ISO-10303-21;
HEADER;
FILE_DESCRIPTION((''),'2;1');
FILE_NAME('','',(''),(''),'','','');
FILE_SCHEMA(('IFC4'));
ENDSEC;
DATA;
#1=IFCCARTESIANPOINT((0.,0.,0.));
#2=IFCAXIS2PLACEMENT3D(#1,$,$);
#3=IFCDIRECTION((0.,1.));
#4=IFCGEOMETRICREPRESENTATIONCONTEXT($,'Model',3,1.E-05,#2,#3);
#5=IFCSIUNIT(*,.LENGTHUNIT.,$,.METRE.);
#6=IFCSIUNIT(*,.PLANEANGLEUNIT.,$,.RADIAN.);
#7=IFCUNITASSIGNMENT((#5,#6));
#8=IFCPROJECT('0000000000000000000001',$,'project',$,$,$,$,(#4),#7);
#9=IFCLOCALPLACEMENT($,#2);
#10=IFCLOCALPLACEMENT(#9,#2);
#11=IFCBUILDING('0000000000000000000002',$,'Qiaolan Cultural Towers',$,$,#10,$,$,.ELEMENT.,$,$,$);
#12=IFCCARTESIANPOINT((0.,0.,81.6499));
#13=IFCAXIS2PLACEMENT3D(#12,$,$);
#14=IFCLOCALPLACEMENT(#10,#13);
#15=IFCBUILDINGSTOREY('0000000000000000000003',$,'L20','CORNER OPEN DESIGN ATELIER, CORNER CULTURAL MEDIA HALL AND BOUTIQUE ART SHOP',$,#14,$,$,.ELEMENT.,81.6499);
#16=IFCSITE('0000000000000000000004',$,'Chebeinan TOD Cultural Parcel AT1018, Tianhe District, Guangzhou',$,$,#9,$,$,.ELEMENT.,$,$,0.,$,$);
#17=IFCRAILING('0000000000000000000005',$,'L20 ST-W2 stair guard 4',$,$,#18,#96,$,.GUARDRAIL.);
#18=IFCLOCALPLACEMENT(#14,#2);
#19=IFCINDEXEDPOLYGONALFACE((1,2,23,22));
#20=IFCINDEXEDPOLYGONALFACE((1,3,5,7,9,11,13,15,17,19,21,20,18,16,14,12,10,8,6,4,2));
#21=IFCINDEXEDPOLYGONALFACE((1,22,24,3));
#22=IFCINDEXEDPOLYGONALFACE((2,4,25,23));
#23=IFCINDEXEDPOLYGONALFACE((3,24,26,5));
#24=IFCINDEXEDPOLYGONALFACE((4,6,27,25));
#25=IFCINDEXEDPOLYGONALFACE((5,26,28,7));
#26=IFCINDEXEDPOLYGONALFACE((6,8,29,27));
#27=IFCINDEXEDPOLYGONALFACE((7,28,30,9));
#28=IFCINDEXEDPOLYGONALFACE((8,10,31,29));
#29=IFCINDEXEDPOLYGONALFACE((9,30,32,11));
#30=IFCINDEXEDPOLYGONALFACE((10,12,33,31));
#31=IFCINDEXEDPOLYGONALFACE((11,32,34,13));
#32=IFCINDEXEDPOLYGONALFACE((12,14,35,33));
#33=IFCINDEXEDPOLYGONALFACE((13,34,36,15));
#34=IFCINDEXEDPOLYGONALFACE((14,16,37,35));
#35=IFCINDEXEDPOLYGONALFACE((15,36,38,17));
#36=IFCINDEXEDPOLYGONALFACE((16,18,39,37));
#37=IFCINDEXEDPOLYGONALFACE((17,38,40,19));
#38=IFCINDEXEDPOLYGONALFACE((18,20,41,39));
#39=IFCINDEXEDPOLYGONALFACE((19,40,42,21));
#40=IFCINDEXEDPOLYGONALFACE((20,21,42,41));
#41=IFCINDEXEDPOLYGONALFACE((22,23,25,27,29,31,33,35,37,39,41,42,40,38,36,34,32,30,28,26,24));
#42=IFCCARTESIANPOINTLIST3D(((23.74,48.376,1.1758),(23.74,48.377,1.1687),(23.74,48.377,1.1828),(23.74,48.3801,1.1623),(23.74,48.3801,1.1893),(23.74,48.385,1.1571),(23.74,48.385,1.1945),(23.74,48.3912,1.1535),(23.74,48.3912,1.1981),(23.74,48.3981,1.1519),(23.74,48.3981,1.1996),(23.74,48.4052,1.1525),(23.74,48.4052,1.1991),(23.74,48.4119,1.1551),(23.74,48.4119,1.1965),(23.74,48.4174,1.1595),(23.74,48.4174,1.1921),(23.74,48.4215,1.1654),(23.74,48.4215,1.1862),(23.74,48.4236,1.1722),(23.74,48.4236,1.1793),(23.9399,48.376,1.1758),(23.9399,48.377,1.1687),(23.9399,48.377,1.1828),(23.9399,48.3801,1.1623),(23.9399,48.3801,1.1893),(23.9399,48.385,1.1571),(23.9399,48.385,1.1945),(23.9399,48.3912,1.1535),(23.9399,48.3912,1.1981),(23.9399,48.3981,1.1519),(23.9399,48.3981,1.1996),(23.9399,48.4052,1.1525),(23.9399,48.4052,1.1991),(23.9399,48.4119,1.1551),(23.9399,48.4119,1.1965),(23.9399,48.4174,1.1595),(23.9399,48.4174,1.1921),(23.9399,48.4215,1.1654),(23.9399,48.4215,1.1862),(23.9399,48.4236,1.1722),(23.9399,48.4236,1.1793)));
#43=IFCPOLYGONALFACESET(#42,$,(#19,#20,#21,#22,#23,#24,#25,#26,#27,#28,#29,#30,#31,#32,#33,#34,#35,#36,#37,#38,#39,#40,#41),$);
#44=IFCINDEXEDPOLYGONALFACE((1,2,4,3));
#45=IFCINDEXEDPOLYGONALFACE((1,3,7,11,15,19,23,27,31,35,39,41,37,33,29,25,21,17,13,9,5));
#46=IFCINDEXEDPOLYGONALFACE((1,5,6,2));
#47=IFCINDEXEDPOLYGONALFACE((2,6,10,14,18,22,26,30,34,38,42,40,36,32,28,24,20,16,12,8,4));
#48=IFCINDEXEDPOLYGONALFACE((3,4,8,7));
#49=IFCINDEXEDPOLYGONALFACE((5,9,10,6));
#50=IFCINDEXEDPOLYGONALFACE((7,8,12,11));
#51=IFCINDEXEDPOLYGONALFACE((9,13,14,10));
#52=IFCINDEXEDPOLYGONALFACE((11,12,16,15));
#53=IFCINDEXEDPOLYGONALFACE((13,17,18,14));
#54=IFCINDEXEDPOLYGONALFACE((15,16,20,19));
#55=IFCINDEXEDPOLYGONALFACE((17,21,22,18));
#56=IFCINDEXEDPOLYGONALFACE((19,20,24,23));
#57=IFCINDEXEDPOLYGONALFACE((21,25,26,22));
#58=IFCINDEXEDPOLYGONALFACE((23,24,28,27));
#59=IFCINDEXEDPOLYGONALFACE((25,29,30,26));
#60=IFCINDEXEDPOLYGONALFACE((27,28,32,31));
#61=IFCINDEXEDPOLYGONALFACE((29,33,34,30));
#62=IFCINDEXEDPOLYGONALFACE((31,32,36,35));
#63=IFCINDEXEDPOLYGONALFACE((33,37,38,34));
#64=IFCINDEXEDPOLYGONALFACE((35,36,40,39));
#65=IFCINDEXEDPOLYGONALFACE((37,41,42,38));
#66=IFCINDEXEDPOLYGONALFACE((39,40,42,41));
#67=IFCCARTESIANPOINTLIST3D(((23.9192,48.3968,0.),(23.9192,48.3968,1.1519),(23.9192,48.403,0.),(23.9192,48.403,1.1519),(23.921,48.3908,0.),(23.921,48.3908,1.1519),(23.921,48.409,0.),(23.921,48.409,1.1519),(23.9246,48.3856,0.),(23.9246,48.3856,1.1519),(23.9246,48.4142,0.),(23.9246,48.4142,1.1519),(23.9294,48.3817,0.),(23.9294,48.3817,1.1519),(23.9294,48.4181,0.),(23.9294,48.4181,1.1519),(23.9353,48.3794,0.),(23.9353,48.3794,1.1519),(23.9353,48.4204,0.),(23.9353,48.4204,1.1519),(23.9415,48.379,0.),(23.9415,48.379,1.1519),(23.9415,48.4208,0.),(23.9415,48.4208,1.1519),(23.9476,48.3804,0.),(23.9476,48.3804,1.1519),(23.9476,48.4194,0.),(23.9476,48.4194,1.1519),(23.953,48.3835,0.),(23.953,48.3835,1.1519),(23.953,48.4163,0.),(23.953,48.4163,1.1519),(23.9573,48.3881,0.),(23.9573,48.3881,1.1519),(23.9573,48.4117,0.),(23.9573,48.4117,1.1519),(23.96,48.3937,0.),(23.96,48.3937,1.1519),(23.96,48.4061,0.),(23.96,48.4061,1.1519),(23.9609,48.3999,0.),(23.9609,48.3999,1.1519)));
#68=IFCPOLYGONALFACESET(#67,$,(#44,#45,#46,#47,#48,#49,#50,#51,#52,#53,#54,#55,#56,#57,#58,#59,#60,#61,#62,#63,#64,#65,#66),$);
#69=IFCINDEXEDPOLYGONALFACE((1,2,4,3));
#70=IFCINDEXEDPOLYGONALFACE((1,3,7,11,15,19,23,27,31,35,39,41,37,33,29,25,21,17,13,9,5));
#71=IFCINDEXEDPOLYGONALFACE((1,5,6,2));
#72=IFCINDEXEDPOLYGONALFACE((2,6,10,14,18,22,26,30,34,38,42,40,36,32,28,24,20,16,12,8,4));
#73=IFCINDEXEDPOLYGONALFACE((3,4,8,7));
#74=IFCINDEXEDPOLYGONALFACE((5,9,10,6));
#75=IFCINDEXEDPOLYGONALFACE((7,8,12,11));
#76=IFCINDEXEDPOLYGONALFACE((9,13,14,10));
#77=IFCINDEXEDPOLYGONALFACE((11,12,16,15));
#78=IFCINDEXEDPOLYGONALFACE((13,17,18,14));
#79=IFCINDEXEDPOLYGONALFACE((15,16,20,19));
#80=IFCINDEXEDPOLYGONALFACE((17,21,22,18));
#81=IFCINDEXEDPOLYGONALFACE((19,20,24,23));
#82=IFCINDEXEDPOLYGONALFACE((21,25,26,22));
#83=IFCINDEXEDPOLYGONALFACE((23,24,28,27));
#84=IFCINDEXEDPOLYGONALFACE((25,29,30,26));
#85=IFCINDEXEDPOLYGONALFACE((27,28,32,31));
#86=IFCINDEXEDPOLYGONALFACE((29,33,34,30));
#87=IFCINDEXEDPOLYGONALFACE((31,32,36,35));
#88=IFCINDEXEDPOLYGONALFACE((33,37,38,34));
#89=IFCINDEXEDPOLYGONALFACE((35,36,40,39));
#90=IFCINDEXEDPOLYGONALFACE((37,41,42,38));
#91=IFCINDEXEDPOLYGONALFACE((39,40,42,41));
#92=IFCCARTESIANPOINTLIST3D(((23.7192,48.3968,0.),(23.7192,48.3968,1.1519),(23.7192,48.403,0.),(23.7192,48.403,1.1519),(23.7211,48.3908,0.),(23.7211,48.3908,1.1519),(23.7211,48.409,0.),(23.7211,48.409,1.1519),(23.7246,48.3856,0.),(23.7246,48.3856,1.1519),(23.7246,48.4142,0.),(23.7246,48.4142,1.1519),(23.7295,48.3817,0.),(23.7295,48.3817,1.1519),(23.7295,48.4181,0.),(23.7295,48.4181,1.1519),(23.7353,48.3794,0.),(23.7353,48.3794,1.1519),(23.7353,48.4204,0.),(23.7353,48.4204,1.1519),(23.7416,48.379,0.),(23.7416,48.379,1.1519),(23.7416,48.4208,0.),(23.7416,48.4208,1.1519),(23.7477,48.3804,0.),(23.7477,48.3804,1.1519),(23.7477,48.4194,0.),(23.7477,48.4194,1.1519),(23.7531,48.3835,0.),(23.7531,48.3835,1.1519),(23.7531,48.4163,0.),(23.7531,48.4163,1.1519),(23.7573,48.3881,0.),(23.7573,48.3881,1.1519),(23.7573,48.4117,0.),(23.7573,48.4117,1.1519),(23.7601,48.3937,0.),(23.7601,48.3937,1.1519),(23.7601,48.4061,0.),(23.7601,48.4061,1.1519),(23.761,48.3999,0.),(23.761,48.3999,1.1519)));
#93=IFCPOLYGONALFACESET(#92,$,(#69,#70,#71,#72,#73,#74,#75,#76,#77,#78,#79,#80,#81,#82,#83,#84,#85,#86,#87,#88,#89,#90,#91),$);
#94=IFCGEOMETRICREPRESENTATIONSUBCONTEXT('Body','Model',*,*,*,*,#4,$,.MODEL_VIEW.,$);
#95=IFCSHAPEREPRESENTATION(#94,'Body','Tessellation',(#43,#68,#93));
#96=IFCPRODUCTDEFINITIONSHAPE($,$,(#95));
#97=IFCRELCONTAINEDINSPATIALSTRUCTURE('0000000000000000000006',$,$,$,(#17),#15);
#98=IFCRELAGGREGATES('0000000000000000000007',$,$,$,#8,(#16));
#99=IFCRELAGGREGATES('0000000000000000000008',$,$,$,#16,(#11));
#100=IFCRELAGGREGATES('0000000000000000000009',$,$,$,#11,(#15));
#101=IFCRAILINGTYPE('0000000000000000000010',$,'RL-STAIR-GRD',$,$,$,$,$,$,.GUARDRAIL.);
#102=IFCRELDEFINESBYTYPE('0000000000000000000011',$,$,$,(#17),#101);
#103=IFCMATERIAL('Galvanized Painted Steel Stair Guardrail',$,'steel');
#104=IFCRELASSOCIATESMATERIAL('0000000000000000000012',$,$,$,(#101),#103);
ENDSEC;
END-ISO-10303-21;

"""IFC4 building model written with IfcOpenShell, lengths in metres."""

from ifc_helpers import new_model, si_unit, direction, frame, origin, origin_2d, place, context, subcontext, project, spatial, circle, extrude, material, type_object, element, save


model = new_model("IFC4")

# Units and contexts
model_context = context("Model", 3, precision=1e-05, world=origin(), true_north=direction((0.0, 1.0)))
body_context = subcontext(model_context, "Body", "Model", "MODEL_VIEW")
ifc_project = project(units=[si_unit("LENGTHUNIT", "METRE"), si_unit("PLANEANGLEUNIT", "RADIAN")], contexts=[model_context])

# Site, building, storey
site_placement = place(None, origin())
site = spatial("IfcSite", under=ifc_project, at=site_placement, Name="Chebeinan TOD Cultural Parcel AT1018, Tianhe District, Guangzhou", CompositionType="ELEMENT", RefElevation=0.0)
building_placement = place(site_placement, origin())
building = spatial("IfcBuilding", under=site, at=building_placement, Name="Qiaolan Cultural Towers", CompositionType="ELEMENT")
storey_placement = place(building_placement, frame((0.0, 0.0, 81.6499)))
storey = spatial("IfcBuildingStorey", under=building, at=storey_placement, Name="L20", Description="CORNER OPEN DESIGN ATELIER, CORNER CULTURAL MEDIA HALL AND BOUTIQUE ART SHOP", CompositionType="ELEMENT", Elevation=81.6499)

# Railing
ifc_material_1 = material(Name="Galvanized Painted Steel Stair Guardrail", Category="steel")
railing_type_1 = type_object("IfcRailingType", Name="RL-STAIR-GRD", PredefinedType="GUARDRAIL", material=ifc_material_1)
railing_1_placement = place(storey_placement, frame((23.9399, 48.3999, 0.0)))
element("IfcRailing", 1, at=railing_1_placement, inside=storey, type_object=railing_type_1, Name="L20 ST-W2 stair guard 4", PredefinedType="GUARDRAIL", context=body_context, shape_type="SweptSolid", body=[
    extrude(circle(Radius=0.0239, at=origin_2d()), frame((0.0, 0.0, 1.1758), z_axis=(-1.0, 0.0, 0.0), x_axis=(0.0, -1.0, 0.0)), (0.0, 0.0, 1.0), 0.2),
    extrude(circle(Radius=0.021, at=origin_2d()), origin(), (0.0, 0.0, 1.0), 1.1519),
    extrude(circle(Radius=0.021, at=origin_2d()), frame((-0.2, 0.0, 0.0)), (0.0, 0.0, 1.0), 1.1519),
])

save(model, "model.ifc")
